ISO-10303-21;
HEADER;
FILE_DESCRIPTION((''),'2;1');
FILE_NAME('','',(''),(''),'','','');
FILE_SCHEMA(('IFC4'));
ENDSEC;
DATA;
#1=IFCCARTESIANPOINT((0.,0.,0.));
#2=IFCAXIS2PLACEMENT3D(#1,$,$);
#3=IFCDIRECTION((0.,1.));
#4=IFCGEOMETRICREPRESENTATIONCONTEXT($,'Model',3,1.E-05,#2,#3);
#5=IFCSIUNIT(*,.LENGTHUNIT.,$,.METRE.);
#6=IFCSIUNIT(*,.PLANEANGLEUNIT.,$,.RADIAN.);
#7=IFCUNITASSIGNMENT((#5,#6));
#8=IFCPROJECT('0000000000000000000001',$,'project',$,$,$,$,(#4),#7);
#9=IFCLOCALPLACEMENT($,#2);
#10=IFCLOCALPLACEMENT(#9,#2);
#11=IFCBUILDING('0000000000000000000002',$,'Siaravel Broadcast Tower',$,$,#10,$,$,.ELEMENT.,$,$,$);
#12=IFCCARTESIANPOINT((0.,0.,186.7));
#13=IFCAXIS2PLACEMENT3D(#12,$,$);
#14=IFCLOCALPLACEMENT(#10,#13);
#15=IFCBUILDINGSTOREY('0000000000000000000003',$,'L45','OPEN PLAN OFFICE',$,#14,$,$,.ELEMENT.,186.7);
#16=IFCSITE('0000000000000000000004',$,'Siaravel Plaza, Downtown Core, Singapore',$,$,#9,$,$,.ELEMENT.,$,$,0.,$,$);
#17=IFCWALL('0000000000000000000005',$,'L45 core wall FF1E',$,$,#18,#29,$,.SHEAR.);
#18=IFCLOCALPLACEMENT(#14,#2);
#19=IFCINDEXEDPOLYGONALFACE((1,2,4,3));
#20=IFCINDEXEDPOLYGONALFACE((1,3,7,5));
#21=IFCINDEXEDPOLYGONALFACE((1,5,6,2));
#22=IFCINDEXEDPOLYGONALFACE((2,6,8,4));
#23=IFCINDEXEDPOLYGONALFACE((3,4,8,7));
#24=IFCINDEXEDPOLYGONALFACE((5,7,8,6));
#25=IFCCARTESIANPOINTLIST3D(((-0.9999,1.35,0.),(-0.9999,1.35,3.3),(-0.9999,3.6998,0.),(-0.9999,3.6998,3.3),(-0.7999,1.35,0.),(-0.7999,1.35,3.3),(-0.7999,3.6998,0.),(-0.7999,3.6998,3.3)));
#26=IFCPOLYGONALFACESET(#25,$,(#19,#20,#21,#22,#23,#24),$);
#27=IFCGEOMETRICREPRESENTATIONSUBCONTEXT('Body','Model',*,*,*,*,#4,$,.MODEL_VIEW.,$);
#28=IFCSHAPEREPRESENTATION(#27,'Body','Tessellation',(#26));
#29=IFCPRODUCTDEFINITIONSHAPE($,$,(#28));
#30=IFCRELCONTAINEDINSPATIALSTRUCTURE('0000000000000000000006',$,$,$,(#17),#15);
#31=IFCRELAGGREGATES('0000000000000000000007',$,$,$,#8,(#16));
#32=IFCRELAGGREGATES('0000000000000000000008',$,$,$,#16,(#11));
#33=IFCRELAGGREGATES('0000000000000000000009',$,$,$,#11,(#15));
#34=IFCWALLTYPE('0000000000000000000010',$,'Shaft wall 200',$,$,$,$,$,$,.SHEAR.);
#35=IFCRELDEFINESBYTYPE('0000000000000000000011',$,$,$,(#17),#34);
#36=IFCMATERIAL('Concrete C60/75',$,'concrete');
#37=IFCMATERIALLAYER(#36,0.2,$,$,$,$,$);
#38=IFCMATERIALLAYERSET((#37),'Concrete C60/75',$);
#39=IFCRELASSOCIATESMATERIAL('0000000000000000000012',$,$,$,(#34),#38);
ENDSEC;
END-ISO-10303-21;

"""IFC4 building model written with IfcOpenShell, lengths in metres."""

from ifc_helpers import new_model, si_unit, direction, frame, frame_2d, origin, place, context, subcontext, project, spatial, rectangle, extrude, material, layer, layer_set, type_object, element, save


model = new_model("IFC4")

# Units and contexts
model_context = context("Model", 3, precision=1e-05, world=origin(), true_north=direction((0.0, 1.0)))
body_context = subcontext(model_context, "Body", "Model", "MODEL_VIEW")
ifc_project = project(units=[si_unit("LENGTHUNIT", "METRE"), si_unit("PLANEANGLEUNIT", "RADIAN")], contexts=[model_context])

# Site, building, storey
site_placement = place(None, origin())
site = spatial("IfcSite", under=ifc_project, at=site_placement, Name="Siaravel Plaza, Downtown Core, Singapore", CompositionType="ELEMENT", RefElevation=0.0)
building_placement = place(site_placement, origin())
building = spatial("IfcBuilding", under=site, at=building_placement, Name="Siaravel Broadcast Tower", CompositionType="ELEMENT")
storey_placement = place(building_placement, frame((0.0, 0.0, 186.7)))
storey = spatial("IfcBuildingStorey", under=building, at=storey_placement, Name="L45", Description="OPEN PLAN OFFICE", CompositionType="ELEMENT", Elevation=186.7)

# Shared definitions
ifc_material_1 = material(Name="Concrete C60/75", Category="concrete")

# Wall
ifc_layer_1 = layer(ifc_material_1, 0.2)
ifc_layer_set_1 = layer_set([ifc_layer_1], Name="Concrete C60/75")
wall_type_1 = type_object("IfcWallType", Name="Shaft wall 200", PredefinedType="SHEAR", material=ifc_layer_set_1)
wall_1_placement = place(storey_placement, frame((-0.8999, 1.3501, 0.0), z_axis=(0.0, 0.0, 1.0), x_axis=(0.0, 1.0, 0.0)))
element("IfcWall", 1, at=wall_1_placement, inside=storey, type_object=wall_type_1, Name="L45 core wall FF1E", PredefinedType="SHEAR", context=body_context, shape_type="SweptSolid", body=[
    extrude(rectangle(XDim=2.3499, YDim=0.2, at=frame_2d((1.1748, 0.0))), origin(), (0.0, 0.0, 1.0), 3.3),
])

save(model, "model.ifc")
